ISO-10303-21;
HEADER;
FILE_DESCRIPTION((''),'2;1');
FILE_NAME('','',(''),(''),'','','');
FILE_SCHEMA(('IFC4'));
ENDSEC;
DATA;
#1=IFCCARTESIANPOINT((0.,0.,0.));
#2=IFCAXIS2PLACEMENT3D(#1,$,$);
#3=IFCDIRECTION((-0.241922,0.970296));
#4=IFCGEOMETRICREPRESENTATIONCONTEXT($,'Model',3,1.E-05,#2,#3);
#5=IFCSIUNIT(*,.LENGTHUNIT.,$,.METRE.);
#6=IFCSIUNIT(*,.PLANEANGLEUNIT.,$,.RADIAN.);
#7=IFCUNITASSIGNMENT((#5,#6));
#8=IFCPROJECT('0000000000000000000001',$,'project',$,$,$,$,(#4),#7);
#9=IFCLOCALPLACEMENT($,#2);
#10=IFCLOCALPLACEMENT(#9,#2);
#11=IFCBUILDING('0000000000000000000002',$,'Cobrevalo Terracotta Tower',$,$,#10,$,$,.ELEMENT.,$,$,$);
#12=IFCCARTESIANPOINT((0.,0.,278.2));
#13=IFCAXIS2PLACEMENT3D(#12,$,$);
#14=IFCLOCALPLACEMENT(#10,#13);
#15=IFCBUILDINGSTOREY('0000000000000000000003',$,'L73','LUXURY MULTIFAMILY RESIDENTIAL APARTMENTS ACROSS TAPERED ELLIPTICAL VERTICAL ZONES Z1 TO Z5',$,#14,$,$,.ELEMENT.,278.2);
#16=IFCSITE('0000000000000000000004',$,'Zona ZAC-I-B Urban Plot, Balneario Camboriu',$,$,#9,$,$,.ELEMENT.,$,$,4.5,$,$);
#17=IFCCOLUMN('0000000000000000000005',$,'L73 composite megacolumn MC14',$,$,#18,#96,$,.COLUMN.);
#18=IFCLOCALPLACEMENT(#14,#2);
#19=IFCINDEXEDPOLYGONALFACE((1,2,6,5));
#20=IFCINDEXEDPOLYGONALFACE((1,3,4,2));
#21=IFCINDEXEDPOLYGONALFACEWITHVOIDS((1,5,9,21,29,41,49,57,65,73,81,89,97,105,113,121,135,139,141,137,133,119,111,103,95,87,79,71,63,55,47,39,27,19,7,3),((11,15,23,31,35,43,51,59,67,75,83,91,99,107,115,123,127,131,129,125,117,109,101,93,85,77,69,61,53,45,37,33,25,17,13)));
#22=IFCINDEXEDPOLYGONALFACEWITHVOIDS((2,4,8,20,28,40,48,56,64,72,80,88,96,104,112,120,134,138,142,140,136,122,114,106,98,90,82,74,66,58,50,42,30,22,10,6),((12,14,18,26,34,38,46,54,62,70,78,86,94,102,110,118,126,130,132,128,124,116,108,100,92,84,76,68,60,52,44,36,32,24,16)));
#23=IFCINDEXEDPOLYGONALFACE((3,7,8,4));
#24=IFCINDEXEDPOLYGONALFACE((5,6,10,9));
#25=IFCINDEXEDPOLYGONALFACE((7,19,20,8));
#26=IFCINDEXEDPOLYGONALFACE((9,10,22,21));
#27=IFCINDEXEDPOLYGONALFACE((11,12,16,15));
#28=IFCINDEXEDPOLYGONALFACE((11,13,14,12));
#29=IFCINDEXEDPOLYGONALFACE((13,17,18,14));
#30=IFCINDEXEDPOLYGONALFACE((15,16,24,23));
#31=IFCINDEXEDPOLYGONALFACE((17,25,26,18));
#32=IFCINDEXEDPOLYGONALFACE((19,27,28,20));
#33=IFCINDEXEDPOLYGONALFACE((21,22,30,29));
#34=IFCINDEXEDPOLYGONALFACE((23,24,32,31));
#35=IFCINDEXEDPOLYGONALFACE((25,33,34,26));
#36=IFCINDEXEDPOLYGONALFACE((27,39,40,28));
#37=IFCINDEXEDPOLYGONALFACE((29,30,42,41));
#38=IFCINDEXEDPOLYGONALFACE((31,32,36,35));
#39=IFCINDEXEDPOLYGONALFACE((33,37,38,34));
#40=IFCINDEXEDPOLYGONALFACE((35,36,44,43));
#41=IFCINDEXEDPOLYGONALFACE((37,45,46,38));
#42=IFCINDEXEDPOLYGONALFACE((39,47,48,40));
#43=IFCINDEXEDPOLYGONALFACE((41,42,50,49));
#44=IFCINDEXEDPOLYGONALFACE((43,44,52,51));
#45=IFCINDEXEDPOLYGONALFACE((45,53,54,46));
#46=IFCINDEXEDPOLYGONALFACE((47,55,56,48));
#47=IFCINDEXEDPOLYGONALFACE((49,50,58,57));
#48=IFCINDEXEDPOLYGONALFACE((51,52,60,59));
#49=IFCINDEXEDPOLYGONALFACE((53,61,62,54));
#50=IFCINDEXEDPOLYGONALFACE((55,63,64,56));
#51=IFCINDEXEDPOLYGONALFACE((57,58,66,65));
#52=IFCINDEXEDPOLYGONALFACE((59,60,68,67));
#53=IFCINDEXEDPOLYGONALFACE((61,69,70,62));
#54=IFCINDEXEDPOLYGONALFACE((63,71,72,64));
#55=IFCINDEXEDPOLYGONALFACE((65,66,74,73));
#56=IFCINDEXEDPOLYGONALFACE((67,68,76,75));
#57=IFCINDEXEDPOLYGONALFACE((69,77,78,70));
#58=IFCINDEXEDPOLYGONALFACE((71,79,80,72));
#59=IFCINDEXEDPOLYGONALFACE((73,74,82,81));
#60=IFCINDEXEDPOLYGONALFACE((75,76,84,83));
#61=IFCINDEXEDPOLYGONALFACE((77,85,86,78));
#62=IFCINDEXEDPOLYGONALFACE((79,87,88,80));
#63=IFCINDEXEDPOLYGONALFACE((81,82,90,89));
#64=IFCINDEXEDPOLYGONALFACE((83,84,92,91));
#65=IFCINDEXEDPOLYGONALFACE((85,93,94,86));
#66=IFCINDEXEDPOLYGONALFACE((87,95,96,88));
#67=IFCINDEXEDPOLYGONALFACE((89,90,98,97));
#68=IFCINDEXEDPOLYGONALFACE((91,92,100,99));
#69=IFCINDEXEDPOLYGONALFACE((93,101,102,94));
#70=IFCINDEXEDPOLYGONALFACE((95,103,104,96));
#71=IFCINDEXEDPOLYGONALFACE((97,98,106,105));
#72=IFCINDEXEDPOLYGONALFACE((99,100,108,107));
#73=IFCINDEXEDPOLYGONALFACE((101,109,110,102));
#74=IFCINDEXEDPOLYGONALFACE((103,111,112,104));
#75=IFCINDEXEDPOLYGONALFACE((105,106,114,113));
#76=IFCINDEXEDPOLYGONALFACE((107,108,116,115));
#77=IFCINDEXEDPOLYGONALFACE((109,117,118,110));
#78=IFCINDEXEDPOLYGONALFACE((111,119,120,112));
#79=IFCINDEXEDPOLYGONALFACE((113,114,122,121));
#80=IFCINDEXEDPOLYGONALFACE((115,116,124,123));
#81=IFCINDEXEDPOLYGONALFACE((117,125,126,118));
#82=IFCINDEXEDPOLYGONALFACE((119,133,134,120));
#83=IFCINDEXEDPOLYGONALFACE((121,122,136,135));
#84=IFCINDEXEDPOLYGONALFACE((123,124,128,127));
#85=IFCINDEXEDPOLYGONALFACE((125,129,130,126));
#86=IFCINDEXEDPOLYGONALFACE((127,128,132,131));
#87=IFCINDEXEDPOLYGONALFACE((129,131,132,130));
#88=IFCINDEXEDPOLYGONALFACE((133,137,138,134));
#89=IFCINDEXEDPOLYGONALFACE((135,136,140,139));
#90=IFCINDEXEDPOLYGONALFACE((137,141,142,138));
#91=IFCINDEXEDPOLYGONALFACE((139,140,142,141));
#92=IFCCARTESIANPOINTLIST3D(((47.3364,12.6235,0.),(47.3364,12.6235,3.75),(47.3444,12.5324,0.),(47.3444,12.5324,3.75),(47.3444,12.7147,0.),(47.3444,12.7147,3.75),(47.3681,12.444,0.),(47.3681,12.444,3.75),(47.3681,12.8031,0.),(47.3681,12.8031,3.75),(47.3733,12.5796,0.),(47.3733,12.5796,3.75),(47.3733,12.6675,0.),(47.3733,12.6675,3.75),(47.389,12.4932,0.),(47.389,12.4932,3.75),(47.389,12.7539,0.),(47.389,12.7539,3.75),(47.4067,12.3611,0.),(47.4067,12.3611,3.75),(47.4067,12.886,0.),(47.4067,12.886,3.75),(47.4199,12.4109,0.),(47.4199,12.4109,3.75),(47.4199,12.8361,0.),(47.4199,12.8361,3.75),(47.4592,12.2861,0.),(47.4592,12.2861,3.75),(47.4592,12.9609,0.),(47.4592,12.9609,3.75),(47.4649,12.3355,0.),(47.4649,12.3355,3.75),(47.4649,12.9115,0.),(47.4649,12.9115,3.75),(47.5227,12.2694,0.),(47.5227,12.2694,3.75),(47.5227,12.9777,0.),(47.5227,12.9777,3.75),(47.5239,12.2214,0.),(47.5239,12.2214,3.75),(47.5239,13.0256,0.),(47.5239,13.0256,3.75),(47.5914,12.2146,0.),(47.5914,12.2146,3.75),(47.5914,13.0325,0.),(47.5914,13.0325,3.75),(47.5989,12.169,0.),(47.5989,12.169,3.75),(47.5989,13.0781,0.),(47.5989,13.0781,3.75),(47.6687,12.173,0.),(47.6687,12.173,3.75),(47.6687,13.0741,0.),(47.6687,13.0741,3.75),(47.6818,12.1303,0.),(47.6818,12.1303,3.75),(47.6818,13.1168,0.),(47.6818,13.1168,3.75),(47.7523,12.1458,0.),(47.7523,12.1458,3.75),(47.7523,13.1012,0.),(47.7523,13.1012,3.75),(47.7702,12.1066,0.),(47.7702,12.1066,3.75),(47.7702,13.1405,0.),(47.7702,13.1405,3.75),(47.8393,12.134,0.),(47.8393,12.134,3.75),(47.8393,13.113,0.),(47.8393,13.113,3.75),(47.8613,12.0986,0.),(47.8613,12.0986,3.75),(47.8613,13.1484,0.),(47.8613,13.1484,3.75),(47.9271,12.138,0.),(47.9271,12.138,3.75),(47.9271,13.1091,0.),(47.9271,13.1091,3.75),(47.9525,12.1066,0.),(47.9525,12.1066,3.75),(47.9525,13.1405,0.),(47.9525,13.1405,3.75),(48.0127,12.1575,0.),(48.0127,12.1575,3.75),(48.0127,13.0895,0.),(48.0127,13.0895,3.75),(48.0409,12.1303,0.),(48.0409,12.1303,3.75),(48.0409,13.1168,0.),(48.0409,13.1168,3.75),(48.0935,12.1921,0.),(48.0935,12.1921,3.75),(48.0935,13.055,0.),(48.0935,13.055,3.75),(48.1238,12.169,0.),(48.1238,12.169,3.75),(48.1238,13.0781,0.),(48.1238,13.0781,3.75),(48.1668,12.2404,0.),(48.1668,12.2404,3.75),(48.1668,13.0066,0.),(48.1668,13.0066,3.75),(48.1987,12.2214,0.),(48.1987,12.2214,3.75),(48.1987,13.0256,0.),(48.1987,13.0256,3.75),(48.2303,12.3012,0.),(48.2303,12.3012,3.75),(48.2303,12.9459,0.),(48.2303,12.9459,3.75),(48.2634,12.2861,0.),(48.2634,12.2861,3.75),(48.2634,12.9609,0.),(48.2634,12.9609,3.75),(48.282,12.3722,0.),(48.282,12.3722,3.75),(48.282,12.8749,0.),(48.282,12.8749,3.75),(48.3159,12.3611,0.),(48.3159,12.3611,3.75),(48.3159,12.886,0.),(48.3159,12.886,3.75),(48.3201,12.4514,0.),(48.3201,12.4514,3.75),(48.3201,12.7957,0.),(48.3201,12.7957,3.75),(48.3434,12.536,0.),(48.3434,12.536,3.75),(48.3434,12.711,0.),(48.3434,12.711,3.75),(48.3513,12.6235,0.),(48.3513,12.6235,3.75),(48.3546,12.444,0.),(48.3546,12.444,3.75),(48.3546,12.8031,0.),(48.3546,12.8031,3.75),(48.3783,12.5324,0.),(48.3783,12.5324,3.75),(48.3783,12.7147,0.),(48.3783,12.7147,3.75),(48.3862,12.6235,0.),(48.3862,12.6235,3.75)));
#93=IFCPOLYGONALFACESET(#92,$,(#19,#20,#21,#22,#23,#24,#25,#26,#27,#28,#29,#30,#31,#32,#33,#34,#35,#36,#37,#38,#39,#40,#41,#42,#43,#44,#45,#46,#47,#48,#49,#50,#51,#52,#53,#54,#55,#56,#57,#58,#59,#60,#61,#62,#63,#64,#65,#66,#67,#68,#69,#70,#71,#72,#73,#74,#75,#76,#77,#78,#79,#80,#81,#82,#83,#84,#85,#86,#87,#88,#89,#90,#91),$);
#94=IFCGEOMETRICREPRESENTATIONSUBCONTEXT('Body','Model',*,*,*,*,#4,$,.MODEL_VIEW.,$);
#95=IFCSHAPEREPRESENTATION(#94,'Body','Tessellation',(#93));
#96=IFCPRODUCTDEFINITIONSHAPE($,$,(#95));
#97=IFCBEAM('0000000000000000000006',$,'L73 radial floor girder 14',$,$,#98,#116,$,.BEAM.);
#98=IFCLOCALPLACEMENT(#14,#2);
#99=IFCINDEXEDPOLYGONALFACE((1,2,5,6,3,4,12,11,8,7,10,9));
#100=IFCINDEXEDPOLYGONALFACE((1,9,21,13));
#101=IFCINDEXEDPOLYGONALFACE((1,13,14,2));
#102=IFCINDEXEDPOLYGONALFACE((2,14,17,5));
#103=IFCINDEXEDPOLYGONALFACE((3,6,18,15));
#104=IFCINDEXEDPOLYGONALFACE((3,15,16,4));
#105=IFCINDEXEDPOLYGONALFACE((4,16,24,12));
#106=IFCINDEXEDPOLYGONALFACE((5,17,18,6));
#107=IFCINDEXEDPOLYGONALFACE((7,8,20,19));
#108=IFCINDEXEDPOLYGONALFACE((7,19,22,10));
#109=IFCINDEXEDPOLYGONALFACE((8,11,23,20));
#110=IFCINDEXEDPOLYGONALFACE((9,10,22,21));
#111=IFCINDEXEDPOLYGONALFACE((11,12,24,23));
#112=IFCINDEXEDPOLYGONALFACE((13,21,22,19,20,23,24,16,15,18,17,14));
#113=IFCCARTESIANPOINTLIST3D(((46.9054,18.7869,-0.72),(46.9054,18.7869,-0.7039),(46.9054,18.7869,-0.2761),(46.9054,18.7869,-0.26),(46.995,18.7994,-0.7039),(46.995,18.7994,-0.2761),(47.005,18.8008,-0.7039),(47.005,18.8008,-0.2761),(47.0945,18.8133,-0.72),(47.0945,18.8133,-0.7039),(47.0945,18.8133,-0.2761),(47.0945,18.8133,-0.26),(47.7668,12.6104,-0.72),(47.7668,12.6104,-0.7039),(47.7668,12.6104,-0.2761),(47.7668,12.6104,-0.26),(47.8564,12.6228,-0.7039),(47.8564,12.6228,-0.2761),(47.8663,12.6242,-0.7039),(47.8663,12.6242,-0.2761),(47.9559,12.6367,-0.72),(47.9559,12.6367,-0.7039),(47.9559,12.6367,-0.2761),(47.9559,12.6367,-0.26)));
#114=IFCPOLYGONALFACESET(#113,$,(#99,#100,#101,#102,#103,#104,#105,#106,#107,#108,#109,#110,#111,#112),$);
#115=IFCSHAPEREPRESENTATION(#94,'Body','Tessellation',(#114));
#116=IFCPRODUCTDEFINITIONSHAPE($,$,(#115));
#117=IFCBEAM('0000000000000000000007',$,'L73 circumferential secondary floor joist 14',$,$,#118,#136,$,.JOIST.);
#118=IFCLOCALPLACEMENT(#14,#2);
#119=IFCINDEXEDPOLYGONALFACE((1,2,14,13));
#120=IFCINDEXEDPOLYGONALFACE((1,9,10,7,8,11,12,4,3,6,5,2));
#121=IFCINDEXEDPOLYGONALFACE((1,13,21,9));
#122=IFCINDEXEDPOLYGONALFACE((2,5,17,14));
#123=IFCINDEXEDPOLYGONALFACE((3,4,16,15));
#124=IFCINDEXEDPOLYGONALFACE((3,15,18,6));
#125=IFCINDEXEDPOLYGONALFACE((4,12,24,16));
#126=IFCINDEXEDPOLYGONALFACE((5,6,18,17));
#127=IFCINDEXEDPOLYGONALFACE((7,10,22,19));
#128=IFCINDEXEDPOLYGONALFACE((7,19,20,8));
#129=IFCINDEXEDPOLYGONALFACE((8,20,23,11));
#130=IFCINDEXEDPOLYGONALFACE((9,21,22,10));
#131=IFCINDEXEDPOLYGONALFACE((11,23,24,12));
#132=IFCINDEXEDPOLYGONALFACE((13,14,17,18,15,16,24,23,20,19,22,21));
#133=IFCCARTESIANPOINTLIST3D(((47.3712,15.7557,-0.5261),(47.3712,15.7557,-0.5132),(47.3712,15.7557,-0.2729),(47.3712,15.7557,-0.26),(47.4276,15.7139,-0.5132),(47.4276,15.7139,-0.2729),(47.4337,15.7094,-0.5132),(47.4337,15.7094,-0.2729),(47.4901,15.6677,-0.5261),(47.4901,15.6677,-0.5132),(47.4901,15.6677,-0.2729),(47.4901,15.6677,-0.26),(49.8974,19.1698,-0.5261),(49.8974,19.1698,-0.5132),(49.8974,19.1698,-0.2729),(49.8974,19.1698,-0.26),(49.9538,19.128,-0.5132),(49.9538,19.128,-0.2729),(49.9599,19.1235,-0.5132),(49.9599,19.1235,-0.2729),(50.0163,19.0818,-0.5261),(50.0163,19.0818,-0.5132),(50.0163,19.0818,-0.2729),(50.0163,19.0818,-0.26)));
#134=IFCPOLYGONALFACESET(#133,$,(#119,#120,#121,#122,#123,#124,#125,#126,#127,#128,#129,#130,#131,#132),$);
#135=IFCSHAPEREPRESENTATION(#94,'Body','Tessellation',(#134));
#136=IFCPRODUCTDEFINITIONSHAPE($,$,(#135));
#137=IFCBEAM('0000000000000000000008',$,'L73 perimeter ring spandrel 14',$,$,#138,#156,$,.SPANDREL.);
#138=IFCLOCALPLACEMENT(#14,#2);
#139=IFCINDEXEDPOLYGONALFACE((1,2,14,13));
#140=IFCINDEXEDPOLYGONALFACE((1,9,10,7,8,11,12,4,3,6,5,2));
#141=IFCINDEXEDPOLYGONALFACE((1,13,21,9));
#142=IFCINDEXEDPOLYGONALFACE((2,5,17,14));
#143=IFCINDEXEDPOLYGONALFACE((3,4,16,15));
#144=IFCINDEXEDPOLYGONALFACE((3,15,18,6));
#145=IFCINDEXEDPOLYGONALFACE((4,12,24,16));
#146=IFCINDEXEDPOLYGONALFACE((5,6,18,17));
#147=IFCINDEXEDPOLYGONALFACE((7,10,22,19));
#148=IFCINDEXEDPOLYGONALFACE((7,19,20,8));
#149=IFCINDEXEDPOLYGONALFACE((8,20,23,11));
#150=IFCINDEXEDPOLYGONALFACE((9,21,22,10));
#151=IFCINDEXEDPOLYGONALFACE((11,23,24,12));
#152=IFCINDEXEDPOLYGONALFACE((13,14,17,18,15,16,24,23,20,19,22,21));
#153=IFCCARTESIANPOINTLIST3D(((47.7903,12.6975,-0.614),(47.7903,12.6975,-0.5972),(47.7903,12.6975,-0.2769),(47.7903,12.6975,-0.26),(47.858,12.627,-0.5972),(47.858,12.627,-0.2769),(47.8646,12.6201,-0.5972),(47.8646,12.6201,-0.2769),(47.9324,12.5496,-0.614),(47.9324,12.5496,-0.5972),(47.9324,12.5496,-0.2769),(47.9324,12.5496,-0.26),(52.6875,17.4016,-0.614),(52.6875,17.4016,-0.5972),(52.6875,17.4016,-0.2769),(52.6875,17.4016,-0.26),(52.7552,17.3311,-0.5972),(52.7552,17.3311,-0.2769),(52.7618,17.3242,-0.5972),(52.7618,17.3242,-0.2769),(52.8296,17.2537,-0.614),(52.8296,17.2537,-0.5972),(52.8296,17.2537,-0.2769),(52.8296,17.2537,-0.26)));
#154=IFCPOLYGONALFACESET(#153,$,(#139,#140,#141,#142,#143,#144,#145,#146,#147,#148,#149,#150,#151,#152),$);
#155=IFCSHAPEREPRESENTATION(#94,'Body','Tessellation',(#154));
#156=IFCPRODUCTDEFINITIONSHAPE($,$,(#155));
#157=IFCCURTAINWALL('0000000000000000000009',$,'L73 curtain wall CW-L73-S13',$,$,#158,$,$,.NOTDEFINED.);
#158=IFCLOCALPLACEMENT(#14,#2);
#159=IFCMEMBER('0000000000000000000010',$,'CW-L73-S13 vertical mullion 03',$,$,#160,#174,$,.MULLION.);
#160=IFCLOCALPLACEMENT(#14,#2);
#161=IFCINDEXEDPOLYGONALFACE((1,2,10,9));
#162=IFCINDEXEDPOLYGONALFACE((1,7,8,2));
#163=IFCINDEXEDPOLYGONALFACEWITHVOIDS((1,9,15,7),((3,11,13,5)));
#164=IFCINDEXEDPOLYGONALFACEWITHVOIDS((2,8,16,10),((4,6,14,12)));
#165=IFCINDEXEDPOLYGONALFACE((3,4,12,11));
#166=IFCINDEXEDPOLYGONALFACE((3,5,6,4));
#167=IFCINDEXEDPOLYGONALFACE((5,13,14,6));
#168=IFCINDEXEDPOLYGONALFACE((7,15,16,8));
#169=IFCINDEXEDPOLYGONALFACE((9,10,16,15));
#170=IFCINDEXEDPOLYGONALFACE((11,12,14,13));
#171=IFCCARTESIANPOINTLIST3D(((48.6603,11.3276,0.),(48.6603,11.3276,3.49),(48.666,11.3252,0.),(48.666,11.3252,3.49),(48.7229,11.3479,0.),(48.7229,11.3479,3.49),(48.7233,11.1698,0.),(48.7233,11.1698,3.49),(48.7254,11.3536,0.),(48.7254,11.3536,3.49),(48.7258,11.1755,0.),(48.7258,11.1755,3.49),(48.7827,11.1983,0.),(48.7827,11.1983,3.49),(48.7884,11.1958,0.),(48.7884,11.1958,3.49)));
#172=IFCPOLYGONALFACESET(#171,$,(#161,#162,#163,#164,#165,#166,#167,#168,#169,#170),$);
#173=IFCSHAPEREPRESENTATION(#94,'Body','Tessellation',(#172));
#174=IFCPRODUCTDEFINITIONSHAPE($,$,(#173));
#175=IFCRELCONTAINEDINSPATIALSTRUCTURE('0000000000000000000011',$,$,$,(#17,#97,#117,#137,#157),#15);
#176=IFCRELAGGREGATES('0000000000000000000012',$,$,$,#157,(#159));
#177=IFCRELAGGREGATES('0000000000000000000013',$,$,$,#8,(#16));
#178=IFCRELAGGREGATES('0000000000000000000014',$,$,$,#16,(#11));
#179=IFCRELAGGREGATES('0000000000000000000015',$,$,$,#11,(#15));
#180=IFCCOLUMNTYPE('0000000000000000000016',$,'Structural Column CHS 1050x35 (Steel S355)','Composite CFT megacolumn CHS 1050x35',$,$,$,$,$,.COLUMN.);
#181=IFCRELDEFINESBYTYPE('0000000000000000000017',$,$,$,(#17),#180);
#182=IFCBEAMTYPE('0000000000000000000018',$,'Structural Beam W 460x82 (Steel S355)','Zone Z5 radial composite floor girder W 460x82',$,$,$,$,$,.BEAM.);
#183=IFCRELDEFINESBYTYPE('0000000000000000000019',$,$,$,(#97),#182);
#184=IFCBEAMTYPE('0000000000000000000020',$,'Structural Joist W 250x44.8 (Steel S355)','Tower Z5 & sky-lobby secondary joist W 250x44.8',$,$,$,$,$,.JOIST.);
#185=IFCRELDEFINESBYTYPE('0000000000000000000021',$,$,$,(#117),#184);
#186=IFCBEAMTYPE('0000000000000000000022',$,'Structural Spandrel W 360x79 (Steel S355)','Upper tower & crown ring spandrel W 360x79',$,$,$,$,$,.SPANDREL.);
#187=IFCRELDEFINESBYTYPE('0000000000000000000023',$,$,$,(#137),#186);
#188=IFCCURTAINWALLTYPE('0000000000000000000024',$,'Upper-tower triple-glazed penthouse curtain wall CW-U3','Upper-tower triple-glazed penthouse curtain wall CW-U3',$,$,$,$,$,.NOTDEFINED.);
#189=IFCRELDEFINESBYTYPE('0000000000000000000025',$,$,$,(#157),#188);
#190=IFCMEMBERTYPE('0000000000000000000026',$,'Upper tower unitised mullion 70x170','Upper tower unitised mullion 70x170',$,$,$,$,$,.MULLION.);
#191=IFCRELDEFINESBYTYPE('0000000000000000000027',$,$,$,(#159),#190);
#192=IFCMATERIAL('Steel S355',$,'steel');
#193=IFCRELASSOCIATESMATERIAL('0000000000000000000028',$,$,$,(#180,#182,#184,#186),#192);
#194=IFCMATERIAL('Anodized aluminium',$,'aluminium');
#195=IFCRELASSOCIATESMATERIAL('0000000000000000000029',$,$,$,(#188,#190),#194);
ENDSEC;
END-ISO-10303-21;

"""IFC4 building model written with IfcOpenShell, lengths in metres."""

from ifc_helpers import new_model, si_unit, direction, frame, origin, origin_2d, place, context, subcontext, project, spatial, hollow_rectangle, hollow_circle, i_section, extrude, source, transform, mapped, material, material_profile, profile_set, type_object, element, aggregate, save


model = new_model("IFC4")

# Units and contexts
model_context = context("Model", 3, precision=1e-05, world=origin(), true_north=direction((-0.241922, 0.970296)))
body_context = subcontext(model_context, "Body", "Model", "MODEL_VIEW")
ifc_project = project(units=[si_unit("LENGTHUNIT", "METRE"), si_unit("PLANEANGLEUNIT", "RADIAN")], contexts=[model_context])

# Site, building, storey
site_placement = place(None, origin())
site = spatial("IfcSite", under=ifc_project, at=site_placement, Name="Zona ZAC-I-B Urban Plot, Balneario Camboriu", CompositionType="ELEMENT", RefElevation=4.5)
building_placement = place(site_placement, origin())
building = spatial("IfcBuilding", under=site, at=building_placement, Name="Cobrevalo Terracotta Tower", CompositionType="ELEMENT")
storey_placement = place(building_placement, frame((0.0, 0.0, 278.2)))
storey = spatial("IfcBuildingStorey", under=building, at=storey_placement, Name="L73", Description="LUXURY MULTIFAMILY RESIDENTIAL APARTMENTS ACROSS TAPERED ELLIPTICAL VERTICAL ZONES Z1 TO Z5", CompositionType="ELEMENT", Elevation=278.2)

# Column
ifc_material_1 = material(Name="Steel S355", Category="steel")
ifc_material_profile_1 = material_profile(ifc_material_1, hollow_circle(Radius=0.5249, WallThickness=0.0349, at=origin_2d()), Name="CHS 1050x35")
ifc_profile_set_1 = profile_set([ifc_material_profile_1], Name="Steel S355")
column_type = type_object("IfcColumnType", Name="Structural Column CHS 1050x35 (Steel S355)", Description="Composite CFT megacolumn CHS 1050x35", PredefinedType="COLUMN", material=ifc_profile_set_1)
column_placement = place(storey_placement, frame((47.8613, 12.6235, 0.0), z_axis=(0.0, 0.0, 1.0), x_axis=(1.0, 0.0, 0.0)))
element("IfcColumn", 1, at=column_placement, inside=storey, type_object=column_type, Name="L73 composite megacolumn MC14", PredefinedType="COLUMN", context=body_context, shape_type="SweptSolid", body=[
    extrude(hollow_circle(Radius=0.5249, WallThickness=0.0349, at=origin_2d()), origin(), (0.0, 0.0, 1.0), 3.75),
])

# Beams
ifc_material_profile_2 = material_profile(ifc_material_1, i_section(OverallWidth=0.1909, OverallDepth=0.46, WebThickness=0.01, FlangeThickness=0.0161, at=origin_2d()), Name="W 460x82")
ifc_profile_set_2 = profile_set([ifc_material_profile_2], Name="Steel S355")
beam_type_1 = type_object("IfcBeamType", Name="Structural Beam W 460x82 (Steel S355)", Description="Zone Z5 radial composite floor girder W 460x82", PredefinedType="BEAM", material=ifc_profile_set_2)
beam_1_placement = place(storey_placement, frame((47.8613, 12.6235, -0.49), z_axis=(-0.138116, 0.990416, 0.0), x_axis=(-0.990416, -0.138116, 0.0)))
element("IfcBeam", 2, at=beam_1_placement, inside=storey, type_object=beam_type_1, Name="L73 radial floor girder 14", PredefinedType="BEAM", context=body_context, shape_type="SweptSolid", body=[
    extrude(i_section(OverallWidth=0.1909, OverallDepth=0.46, WebThickness=0.01, FlangeThickness=0.0161, at=origin_2d()), origin(), (0.0, 0.0, 1.0), 6.2363),
])
ifc_material_profile_3 = material_profile(ifc_material_1, i_section(OverallWidth=0.1479, OverallDepth=0.2661, WebThickness=0.0076, FlangeThickness=0.0129, at=origin_2d()), Name="W 250x44.8")
ifc_profile_set_3 = profile_set([ifc_material_profile_3], Name="Steel S355")
beam_type_2 = type_object("IfcBeamType", Name="Structural Joist W 250x44.8 (Steel S355)", Description="Tower Z5 & sky-lobby secondary joist W 250x44.8", PredefinedType="JOIST", material=ifc_profile_set_3)
beam_2_placement = place(storey_placement, frame((47.4307, 15.7117, -0.3931), z_axis=(0.5948, 0.803874, 0.0), x_axis=(-0.803874, 0.5948, 0.0)))
element("IfcBeam", 3, at=beam_2_placement, inside=storey, type_object=beam_type_2, Name="L73 circumferential secondary floor joist 14", PredefinedType="JOIST", context=body_context, shape_type="SweptSolid", body=[
    extrude(i_section(OverallWidth=0.1479, OverallDepth=0.2661, WebThickness=0.0076, FlangeThickness=0.0129, at=origin_2d()), origin(), (0.0, 0.0, 1.0), 4.2471),
])
ifc_material_profile_4 = material_profile(ifc_material_1, i_section(OverallWidth=0.2051, OverallDepth=0.354, WebThickness=0.0095, FlangeThickness=0.0168, at=origin_2d()), Name="W 360x79")
ifc_profile_set_4 = profile_set([ifc_material_profile_4], Name="Steel S355")
beam_type_3 = type_object("IfcBeamType", Name="Structural Spandrel W 360x79 (Steel S355)", Description="Upper tower & crown ring spandrel W 360x79", PredefinedType="SPANDREL", material=ifc_profile_set_4)
beam_3_placement = place(storey_placement, frame((47.8613, 12.6235, -0.437), z_axis=(0.721183, 0.692744, 0.0), x_axis=(-0.692744, 0.721183, 0.0)))
element("IfcBeam", 4, at=beam_3_placement, inside=storey, type_object=beam_type_3, Name="L73 perimeter ring spandrel 14", PredefinedType="SPANDREL", context=body_context, shape_type="SweptSolid", body=[
    extrude(i_section(OverallWidth=0.2051, OverallDepth=0.354, WebThickness=0.0095, FlangeThickness=0.0168, at=origin_2d()), origin(), (0.0, 0.0, 1.0), 6.7905),
])

# Curtain wall, member
ifc_material_2 = material(Name="Anodized aluminium", Category="aluminium")
curtain_wall_type = type_object("IfcCurtainWallType", Name="Upper-tower triple-glazed penthouse curtain wall CW-U3", Description="Upper-tower triple-glazed penthouse curtain wall CW-U3", PredefinedType="NOTDEFINED", material=ifc_material_2)
curtain_wall_1_placement = place(storey_placement, origin())
curtain_wall_1 = element("IfcCurtainWall", 5, at=curtain_wall_1_placement, inside=storey, type_object=curtain_wall_type, Name="L73 curtain wall CW-L73-S13", PredefinedType="NOTDEFINED")
ifc_material_profile_5 = material_profile(ifc_material_2, hollow_rectangle(XDim=0.0701, YDim=0.1699, WallThickness=0.0044, at=origin_2d()), Name="CWM 70x170")
ifc_profile_set_5 = profile_set([ifc_material_profile_5], Name="Anodized aluminium")
member_type_1 = type_object("IfcMemberType", Name="Upper tower unitised mullion 70x170", Description="Upper tower unitised mullion 70x170", PredefinedType="MULLION", material=ifc_profile_set_5)
shared_shape_1 = source(origin(), body_context, "Body", "SweptSolid", [
    extrude(hollow_rectangle(XDim=0.0701, YDim=0.1699, WallThickness=0.0044, at=origin_2d()), origin(), (0.0, 0.0, 1.0), 3.49),
])
member_1_placement = place(storey_placement, frame((48.7244, 11.2617, 0.0), z_axis=(0.0, 0.0, 1.0), x_axis=(0.928719, 0.370784, 0.0)))
member_1 = element("IfcMember", 6, at=member_1_placement, type_object=member_type_1, Name="CW-L73-S13 vertical mullion 03", PredefinedType="MULLION", context=body_context, shape_type="MappedRepresentation", body=[
    mapped(shared_shape_1, transform((0.0, 0.0, 0.0), scale=1.0)),
])

aggregate(curtain_wall_1, [member_1])

save(model, "model.ifc")
